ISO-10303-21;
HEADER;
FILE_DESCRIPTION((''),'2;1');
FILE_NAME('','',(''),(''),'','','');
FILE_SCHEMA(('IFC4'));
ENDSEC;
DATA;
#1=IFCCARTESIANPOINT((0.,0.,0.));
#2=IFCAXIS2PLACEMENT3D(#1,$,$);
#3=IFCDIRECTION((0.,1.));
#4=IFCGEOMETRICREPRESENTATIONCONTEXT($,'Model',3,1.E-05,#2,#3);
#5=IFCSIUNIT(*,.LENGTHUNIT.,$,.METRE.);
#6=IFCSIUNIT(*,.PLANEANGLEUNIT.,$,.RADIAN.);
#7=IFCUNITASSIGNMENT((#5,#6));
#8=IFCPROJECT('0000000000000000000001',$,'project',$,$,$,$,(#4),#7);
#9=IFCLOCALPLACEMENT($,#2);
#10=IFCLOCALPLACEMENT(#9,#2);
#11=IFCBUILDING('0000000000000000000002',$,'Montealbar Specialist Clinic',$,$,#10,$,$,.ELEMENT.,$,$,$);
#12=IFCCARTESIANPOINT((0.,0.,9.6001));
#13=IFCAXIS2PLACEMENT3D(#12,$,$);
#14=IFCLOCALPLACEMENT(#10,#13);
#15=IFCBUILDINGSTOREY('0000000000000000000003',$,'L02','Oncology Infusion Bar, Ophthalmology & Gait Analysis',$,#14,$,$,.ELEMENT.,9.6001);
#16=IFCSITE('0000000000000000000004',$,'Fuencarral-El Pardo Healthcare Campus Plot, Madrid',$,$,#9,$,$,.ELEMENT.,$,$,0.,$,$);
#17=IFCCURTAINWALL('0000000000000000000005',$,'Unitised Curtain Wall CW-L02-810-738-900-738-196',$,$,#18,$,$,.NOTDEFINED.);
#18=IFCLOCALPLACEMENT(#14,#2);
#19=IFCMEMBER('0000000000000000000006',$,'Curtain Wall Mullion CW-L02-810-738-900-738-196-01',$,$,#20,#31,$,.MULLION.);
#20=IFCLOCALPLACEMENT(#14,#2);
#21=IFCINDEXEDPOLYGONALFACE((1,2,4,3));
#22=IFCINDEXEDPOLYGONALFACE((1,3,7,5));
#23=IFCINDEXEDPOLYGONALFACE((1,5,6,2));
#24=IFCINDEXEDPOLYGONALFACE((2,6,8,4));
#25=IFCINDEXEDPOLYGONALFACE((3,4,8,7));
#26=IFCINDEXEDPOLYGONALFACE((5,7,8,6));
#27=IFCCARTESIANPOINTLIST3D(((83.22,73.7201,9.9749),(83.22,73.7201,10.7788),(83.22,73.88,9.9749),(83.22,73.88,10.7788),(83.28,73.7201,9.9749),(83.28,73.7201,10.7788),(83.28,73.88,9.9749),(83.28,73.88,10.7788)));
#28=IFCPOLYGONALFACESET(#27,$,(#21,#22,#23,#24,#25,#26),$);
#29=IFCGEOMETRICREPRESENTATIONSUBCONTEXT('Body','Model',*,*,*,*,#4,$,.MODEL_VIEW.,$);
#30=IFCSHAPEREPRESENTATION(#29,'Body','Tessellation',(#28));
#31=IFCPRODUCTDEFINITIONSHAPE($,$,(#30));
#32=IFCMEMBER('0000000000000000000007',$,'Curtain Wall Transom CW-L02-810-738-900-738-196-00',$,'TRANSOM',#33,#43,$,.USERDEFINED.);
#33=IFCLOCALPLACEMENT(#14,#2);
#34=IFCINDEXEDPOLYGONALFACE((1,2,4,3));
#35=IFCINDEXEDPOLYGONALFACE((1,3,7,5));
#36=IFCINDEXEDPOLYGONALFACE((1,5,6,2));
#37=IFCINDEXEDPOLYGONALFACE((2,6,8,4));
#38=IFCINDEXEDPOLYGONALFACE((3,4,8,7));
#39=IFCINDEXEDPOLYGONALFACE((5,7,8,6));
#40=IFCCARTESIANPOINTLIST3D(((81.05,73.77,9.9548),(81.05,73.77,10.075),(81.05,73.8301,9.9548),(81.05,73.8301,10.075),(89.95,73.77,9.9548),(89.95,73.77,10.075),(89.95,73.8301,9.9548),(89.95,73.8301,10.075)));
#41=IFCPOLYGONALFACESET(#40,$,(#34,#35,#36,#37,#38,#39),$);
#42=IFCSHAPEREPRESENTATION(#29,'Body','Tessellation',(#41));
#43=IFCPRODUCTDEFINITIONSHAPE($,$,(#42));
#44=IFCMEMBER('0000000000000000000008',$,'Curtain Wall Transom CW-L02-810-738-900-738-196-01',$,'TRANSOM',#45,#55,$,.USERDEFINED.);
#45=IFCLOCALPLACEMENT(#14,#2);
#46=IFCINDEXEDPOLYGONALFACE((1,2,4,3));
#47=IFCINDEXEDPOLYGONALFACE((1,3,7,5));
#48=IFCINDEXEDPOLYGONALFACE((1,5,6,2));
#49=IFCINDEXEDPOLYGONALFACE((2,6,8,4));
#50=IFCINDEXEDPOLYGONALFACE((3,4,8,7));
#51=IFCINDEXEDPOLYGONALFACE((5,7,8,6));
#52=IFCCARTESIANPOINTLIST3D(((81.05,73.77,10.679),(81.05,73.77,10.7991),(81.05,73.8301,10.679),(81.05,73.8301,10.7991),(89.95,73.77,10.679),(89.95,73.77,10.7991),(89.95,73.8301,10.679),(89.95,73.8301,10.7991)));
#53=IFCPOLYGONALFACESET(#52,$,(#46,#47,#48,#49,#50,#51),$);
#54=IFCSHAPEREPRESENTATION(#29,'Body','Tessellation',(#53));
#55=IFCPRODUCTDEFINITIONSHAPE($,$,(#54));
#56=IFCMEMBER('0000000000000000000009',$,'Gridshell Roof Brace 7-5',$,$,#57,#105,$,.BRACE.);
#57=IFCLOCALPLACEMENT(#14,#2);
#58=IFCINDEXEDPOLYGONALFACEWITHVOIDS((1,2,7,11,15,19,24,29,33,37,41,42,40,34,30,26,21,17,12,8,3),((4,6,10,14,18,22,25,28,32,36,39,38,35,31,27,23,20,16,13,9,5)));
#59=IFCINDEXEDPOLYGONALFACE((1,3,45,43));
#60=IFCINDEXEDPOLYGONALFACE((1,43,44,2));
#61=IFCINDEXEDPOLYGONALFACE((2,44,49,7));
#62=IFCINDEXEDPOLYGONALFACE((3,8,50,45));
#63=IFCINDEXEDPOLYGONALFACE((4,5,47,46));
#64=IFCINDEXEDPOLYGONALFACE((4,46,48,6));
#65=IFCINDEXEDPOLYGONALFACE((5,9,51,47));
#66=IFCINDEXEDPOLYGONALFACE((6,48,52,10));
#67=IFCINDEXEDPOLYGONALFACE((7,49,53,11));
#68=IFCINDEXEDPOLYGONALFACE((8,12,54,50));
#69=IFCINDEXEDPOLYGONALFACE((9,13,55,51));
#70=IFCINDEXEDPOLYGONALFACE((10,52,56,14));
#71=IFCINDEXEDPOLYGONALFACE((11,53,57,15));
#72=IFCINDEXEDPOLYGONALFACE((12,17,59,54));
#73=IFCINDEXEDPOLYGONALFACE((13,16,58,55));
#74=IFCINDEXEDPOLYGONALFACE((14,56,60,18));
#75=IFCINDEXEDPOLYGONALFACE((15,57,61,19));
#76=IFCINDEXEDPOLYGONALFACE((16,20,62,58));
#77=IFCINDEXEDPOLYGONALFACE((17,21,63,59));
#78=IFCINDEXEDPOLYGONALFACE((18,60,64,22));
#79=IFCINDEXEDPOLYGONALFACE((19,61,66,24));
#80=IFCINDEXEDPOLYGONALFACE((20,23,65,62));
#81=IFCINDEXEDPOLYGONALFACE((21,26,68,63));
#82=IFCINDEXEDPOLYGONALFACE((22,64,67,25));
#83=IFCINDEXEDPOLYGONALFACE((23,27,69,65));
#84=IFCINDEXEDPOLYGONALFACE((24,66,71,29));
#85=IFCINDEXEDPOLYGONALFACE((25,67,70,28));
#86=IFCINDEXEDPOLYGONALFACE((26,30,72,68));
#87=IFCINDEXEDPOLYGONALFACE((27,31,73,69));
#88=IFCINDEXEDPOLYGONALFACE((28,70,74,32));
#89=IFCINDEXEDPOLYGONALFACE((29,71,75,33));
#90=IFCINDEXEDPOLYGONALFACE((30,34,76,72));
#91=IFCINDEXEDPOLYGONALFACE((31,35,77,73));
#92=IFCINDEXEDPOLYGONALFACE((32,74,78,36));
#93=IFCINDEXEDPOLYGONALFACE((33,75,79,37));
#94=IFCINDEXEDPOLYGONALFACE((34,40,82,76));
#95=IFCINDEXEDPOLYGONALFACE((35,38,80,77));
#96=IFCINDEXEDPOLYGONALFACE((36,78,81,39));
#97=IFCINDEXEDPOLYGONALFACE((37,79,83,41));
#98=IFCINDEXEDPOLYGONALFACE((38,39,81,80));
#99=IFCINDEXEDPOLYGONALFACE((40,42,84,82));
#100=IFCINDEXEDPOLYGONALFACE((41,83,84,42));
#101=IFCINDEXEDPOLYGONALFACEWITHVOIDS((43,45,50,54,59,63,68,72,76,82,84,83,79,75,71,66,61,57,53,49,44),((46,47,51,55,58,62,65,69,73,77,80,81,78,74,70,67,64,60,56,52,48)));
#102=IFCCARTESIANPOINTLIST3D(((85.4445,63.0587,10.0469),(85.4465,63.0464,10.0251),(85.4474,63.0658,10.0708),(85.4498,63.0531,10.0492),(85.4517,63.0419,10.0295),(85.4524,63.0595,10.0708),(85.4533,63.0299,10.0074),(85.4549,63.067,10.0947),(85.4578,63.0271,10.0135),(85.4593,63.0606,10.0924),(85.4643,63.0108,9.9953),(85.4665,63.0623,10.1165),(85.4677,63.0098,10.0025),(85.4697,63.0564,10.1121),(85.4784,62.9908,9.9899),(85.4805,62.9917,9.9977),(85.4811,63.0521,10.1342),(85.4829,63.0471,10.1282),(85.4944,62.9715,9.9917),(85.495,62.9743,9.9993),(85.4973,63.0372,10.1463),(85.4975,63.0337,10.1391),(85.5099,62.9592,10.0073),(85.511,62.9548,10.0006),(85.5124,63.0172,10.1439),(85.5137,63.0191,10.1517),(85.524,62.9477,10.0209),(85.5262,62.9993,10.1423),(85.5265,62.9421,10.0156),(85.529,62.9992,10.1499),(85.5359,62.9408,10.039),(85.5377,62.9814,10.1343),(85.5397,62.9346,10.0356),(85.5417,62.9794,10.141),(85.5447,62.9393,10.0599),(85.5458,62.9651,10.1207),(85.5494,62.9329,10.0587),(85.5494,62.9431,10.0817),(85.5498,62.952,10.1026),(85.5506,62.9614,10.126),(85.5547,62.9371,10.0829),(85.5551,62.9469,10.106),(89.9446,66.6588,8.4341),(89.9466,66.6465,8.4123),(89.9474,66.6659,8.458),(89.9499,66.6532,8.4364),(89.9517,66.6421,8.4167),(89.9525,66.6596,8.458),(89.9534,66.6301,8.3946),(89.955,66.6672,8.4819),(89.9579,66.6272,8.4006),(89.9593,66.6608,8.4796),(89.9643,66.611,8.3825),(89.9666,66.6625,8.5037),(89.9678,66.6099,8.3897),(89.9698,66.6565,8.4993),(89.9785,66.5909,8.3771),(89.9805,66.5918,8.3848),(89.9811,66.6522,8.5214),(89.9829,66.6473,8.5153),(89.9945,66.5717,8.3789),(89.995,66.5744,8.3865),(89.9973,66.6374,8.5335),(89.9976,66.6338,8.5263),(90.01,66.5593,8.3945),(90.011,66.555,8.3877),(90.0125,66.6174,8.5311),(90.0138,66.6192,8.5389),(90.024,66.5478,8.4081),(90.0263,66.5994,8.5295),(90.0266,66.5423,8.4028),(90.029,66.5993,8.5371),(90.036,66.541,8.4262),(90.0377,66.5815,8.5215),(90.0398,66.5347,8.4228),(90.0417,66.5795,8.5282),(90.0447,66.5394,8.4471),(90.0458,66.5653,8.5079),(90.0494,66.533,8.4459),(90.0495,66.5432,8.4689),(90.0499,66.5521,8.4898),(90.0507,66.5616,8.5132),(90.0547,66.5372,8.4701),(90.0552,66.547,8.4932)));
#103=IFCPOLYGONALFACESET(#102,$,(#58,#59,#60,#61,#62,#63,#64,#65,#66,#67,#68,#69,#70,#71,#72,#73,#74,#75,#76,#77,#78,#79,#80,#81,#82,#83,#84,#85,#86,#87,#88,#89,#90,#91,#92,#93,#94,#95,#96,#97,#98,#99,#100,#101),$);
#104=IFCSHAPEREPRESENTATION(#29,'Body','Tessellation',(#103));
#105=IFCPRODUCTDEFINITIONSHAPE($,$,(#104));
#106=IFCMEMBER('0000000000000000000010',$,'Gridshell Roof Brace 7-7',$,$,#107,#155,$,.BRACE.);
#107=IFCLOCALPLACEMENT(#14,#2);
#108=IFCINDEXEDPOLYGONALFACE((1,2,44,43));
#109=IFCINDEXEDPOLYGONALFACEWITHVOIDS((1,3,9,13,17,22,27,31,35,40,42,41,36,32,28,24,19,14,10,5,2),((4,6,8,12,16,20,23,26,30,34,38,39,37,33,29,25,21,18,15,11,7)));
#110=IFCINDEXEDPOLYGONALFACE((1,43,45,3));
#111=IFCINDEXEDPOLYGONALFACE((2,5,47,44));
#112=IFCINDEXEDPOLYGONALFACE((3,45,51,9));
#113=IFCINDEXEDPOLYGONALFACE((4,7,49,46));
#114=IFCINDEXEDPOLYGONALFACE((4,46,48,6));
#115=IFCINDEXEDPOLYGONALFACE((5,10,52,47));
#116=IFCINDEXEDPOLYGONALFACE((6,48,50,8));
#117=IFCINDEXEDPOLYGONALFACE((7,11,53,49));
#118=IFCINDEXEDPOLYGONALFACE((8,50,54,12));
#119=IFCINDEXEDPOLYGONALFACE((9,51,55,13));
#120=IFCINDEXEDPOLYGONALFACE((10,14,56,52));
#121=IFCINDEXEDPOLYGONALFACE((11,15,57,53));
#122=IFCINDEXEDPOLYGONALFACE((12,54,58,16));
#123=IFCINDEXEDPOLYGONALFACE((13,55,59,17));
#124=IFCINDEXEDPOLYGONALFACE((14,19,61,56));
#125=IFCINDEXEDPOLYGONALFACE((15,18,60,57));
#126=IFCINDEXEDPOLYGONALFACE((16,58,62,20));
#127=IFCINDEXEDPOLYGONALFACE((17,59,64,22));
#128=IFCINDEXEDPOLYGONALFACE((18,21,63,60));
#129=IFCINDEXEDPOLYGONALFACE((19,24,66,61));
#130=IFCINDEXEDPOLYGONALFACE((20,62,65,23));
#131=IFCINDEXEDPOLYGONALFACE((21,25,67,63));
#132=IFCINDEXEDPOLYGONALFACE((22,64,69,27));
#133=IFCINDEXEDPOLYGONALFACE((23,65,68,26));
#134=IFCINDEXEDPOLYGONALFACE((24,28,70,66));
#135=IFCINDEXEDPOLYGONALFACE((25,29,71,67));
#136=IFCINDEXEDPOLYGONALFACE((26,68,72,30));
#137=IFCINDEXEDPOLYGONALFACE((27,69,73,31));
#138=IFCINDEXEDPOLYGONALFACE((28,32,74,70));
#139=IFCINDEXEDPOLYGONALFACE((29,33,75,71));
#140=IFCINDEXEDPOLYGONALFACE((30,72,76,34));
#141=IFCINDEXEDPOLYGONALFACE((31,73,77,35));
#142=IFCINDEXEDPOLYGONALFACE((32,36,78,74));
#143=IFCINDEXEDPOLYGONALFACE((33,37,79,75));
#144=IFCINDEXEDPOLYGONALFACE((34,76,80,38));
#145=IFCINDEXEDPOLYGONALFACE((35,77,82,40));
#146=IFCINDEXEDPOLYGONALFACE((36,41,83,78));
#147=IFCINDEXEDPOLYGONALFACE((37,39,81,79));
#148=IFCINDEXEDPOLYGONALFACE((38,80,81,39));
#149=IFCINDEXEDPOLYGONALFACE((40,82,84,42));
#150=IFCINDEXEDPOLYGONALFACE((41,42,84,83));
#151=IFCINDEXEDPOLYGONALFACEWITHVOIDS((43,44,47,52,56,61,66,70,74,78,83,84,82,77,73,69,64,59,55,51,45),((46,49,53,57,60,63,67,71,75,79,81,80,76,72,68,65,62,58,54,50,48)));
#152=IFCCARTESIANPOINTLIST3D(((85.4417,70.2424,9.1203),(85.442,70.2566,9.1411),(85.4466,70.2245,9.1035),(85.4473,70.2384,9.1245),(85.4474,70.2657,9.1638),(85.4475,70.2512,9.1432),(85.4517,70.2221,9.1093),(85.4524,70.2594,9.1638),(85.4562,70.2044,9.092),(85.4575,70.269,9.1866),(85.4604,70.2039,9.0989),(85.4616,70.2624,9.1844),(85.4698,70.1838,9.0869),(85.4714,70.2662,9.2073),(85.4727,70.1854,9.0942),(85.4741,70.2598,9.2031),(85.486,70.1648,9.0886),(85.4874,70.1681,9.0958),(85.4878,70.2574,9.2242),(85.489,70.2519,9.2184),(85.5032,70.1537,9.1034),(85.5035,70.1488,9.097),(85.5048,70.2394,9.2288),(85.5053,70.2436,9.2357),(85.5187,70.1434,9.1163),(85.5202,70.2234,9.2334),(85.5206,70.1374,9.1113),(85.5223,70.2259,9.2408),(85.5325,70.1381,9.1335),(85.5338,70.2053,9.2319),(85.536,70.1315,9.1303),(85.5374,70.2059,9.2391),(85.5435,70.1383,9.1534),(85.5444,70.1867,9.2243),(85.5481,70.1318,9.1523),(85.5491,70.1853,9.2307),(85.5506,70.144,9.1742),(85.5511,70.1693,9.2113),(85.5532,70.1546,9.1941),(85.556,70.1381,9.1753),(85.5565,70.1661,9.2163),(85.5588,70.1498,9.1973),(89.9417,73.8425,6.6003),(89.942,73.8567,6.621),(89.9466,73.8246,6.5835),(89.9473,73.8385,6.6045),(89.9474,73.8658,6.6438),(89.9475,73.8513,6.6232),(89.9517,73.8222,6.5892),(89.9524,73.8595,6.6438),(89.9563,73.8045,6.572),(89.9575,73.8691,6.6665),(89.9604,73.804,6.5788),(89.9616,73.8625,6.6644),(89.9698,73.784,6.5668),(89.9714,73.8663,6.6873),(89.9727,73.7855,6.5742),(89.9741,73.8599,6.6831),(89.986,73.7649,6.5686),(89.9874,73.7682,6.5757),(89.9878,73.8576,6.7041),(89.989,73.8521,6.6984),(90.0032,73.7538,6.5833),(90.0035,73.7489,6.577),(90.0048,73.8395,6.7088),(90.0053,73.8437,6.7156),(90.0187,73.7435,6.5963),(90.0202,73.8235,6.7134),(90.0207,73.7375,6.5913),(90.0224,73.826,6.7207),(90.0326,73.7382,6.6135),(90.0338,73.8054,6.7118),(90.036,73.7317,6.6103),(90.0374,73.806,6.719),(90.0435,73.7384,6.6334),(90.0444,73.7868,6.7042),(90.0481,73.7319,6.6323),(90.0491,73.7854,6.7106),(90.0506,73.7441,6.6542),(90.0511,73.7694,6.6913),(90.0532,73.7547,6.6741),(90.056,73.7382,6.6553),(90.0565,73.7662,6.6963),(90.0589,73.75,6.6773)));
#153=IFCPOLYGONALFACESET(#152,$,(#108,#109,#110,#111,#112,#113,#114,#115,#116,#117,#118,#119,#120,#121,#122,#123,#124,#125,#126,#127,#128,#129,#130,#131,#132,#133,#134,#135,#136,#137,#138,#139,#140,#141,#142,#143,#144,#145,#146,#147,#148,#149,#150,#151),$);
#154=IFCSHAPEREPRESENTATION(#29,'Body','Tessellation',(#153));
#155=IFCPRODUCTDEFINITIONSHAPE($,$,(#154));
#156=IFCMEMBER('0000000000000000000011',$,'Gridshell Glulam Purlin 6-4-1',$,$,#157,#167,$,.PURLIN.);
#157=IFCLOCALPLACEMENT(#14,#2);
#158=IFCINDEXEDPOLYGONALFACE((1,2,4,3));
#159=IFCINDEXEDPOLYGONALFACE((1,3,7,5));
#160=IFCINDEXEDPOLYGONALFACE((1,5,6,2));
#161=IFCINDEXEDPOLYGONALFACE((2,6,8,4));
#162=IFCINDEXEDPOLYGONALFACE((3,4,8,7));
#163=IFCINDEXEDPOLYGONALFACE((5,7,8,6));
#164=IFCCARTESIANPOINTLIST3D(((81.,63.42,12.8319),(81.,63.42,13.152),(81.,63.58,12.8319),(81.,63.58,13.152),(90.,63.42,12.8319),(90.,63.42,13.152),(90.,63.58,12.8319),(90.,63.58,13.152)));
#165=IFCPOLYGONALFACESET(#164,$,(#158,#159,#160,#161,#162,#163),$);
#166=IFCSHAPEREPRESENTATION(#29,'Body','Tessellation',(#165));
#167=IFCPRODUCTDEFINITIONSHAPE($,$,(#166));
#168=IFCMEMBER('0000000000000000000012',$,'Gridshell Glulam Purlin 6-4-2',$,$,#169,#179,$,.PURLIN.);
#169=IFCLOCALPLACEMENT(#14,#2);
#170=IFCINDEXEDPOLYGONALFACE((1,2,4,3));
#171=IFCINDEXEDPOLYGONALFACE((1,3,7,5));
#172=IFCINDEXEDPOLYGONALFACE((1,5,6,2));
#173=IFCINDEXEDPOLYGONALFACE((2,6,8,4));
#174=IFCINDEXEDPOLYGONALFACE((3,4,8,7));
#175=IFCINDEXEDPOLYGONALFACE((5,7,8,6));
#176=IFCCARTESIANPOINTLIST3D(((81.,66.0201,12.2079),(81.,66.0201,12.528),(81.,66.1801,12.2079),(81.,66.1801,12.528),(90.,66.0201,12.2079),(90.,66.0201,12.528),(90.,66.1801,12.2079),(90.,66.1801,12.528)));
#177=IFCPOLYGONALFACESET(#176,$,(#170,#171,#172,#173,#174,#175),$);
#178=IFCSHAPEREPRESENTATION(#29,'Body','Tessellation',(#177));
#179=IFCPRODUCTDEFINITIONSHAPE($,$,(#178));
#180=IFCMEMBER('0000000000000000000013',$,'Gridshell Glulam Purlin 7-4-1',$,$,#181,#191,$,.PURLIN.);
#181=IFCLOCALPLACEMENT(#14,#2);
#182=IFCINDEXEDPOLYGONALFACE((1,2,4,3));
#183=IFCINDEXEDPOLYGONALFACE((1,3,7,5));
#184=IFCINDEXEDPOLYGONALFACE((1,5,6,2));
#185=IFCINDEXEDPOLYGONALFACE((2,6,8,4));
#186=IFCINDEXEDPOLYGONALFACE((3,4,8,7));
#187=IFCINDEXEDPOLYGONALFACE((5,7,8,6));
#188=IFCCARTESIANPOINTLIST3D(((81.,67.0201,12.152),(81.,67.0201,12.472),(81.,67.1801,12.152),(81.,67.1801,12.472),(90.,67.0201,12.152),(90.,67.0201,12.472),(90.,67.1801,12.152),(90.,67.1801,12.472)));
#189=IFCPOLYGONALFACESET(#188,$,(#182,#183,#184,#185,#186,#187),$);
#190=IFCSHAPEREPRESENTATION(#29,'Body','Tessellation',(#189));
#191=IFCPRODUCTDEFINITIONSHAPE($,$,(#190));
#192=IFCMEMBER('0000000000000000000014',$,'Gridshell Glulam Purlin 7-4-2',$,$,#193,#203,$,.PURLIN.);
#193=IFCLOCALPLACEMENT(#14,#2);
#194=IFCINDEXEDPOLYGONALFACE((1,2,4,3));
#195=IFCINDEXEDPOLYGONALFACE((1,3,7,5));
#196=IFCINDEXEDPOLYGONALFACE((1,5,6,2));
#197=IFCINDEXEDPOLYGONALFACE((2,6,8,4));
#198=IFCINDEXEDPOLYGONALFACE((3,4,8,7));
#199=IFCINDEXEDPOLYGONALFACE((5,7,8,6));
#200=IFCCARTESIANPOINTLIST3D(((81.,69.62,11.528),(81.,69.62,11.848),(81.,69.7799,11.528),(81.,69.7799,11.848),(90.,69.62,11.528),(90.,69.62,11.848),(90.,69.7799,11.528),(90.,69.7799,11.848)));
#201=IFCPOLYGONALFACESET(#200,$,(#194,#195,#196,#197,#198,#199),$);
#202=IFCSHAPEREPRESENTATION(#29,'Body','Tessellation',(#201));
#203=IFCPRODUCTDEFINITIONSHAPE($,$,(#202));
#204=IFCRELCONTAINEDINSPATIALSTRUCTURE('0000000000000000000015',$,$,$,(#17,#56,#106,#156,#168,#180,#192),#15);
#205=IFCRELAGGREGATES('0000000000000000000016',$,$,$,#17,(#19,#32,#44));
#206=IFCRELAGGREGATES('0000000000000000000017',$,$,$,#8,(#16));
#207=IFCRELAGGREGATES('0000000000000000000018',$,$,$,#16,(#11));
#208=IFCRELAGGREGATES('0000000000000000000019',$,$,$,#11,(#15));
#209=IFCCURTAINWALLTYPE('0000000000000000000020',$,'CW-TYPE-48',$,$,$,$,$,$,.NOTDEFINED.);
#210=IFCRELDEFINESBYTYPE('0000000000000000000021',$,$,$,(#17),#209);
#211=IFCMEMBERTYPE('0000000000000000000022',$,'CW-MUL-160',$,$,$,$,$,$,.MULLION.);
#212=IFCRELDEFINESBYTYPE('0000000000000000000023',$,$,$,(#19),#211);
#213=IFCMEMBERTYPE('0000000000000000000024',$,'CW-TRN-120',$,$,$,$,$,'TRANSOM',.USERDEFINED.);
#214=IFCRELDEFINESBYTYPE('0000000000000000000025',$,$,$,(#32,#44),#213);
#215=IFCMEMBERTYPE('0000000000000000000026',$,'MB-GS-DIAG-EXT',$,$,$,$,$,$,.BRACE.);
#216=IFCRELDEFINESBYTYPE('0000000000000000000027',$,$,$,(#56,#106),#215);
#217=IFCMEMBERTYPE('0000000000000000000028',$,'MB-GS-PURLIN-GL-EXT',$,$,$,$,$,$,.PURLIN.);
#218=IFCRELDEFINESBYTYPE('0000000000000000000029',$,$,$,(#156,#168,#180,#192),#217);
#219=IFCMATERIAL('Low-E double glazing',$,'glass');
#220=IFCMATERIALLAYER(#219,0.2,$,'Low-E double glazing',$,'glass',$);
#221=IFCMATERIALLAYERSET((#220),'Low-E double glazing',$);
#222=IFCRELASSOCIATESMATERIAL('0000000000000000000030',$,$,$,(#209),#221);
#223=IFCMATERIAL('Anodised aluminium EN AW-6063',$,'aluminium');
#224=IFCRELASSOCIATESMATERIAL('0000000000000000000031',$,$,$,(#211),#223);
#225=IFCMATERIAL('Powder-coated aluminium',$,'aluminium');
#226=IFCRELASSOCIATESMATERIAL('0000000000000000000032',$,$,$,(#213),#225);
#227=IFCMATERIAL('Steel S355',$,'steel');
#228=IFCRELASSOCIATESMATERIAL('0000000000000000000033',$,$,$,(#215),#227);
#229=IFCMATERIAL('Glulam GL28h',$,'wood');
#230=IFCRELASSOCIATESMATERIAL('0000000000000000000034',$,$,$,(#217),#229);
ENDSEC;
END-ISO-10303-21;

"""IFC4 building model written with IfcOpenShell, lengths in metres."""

from ifc_helpers import new_model, si_unit, direction, frame, origin, origin_2d, place, context, subcontext, project, spatial, rectangle, hollow_circle, extrude, material, layer, layer_set, material_profile, profile_set, type_object, element, aggregate, save


model = new_model("IFC4")

# Units and contexts
model_context = context("Model", 3, precision=1e-05, world=origin(), true_north=direction((0.0, 1.0)))
body_context = subcontext(model_context, "Body", "Model", "MODEL_VIEW")
ifc_project = project(units=[si_unit("LENGTHUNIT", "METRE"), si_unit("PLANEANGLEUNIT", "RADIAN")], contexts=[model_context])

# Site, building, storey
site_placement = place(None, origin())
site = spatial("IfcSite", under=ifc_project, at=site_placement, Name="Fuencarral-El Pardo Healthcare Campus Plot, Madrid", CompositionType="ELEMENT", RefElevation=0.0)
building_placement = place(site_placement, origin())
building = spatial("IfcBuilding", under=site, at=building_placement, Name="Montealbar Specialist Clinic", CompositionType="ELEMENT")
storey_placement = place(building_placement, frame((0.0, 0.0, 9.6001)))
storey = spatial("IfcBuildingStorey", under=building, at=storey_placement, Name="L02", Description="Oncology Infusion Bar, Ophthalmology & Gait Analysis", CompositionType="ELEMENT", Elevation=9.6001)

# Shared definitions
ifc_material_1 = material(Name="Steel S355", Category="steel")
ifc_material_2 = material(Name="Glulam GL28h", Category="wood")

# Curtain wall, members
ifc_material_3 = material(Name="Low-E double glazing", Category="glass")
ifc_layer_1 = layer(ifc_material_3, 0.2, Name="Low-E double glazing", Category="glass")
ifc_layer_set_1 = layer_set([ifc_layer_1], Name="Low-E double glazing")
curtain_wall_type = type_object("IfcCurtainWallType", Name="CW-TYPE-48", PredefinedType="NOTDEFINED", material=ifc_layer_set_1)
curtain_wall_placement = place(storey_placement, origin())
curtain_wall = element("IfcCurtainWall", 1, at=curtain_wall_placement, inside=storey, type_object=curtain_wall_type, Name="Unitised Curtain Wall CW-L02-810-738-900-738-196", PredefinedType="NOTDEFINED")
ifc_material_4 = material(Name="Anodised aluminium EN AW-6063", Category="aluminium")
ifc_material_profile_1 = material_profile(ifc_material_4, rectangle(XDim=0.0601, YDim=0.1599, at=origin_2d()), Name="ALU 60x160", Category="aluminium")
ifc_profile_set_1 = profile_set([ifc_material_profile_1], Name="Anodised aluminium EN AW-6063")
member_type_1 = type_object("IfcMemberType", Name="CW-MUL-160", PredefinedType="MULLION", material=ifc_profile_set_1)
member_1_placement = place(storey_placement, frame((83.25, 73.8, 9.9749), z_axis=(0.0, 0.0, 1.0), x_axis=(1.0, 0.0, 0.0)))
member_1 = element("IfcMember", 2, at=member_1_placement, type_object=member_type_1, Name="Curtain Wall Mullion CW-L02-810-738-900-738-196-01", PredefinedType="MULLION", context=body_context, shape_type="SweptSolid", body=[
    extrude(rectangle(XDim=0.0601, YDim=0.1599, at=origin_2d()), origin(), (0.0, 0.0, 1.0), 0.804),
])
ifc_material_5 = material(Name="Powder-coated aluminium", Category="aluminium")
ifc_material_profile_2 = material_profile(ifc_material_5, rectangle(XDim=0.0601, YDim=0.1201, at=origin_2d()), Name="ALU 60x120", Category="aluminium")
ifc_profile_set_2 = profile_set([ifc_material_profile_2], Name="Powder-coated aluminium")
member_type_2 = type_object("IfcMemberType", Name="CW-TRN-120", ElementType="TRANSOM", PredefinedType="USERDEFINED", material=ifc_profile_set_2)
member_2_placement = place(storey_placement, frame((81.05, 73.8, 10.0149), z_axis=(1.0, 0.0, 0.0), x_axis=(0.0, 1.0, 0.0)))
member_2 = element("IfcMember", 3, at=member_2_placement, type_object=member_type_2, Name="Curtain Wall Transom CW-L02-810-738-900-738-196-00", ObjectType="TRANSOM", PredefinedType="USERDEFINED", context=body_context, shape_type="SweptSolid", body=[
    extrude(rectangle(XDim=0.0601, YDim=0.1201, at=origin_2d()), origin(), (0.0, 0.0, 1.0), 8.8999),
])
member_3_placement = place(storey_placement, frame((81.05, 73.8, 10.739), z_axis=(1.0, 0.0, 0.0), x_axis=(0.0, 1.0, 0.0)))
member_3 = element("IfcMember", 4, at=member_3_placement, type_object=member_type_2, Name="Curtain Wall Transom CW-L02-810-738-900-738-196-01", ObjectType="TRANSOM", PredefinedType="USERDEFINED", context=body_context, shape_type="SweptSolid", body=[
    extrude(rectangle(XDim=0.0601, YDim=0.1201, at=origin_2d()), origin(), (0.0, 0.0, 1.0), 8.8999),
])

# Members
ifc_material_profile_3 = material_profile(ifc_material_1, hollow_circle(Radius=0.0842, WallThickness=0.0081, at=origin_2d()), Name="CHS 168.3x8.0", Category="steel")
ifc_profile_set_3 = profile_set([ifc_material_profile_3], Name="Steel S355")
member_type_3 = type_object("IfcMemberType", Name="MB-GS-DIAG-EXT", PredefinedType="BRACE", material=ifc_profile_set_3)
member_4_placement = place(storey_placement, frame((85.5, 63.0, 10.0708), z_axis=(0.751968, 0.601591, -0.269504), x_axis=(-0.624705, 0.780861, 0.0)))
element("IfcMember", 5, at=member_4_placement, inside=storey, type_object=member_type_3, Name="Gridshell Roof Brace 7-5", PredefinedType="BRACE", context=body_context, shape_type="SweptSolid", body=[
    extrude(hollow_circle(Radius=0.0842, WallThickness=0.0081, at=origin_2d()), origin(), (0.0, 0.0, 1.0), 5.9844),
])
member_5_placement = place(storey_placement, frame((85.5, 70.2, 9.1638), z_axis=(0.715448, 0.572374, -0.400654), x_axis=(-0.624705, 0.780861, 0.0)))
element("IfcMember", 6, at=member_5_placement, inside=storey, type_object=member_type_3, Name="Gridshell Roof Brace 7-7", PredefinedType="BRACE", context=body_context, shape_type="SweptSolid", body=[
    extrude(hollow_circle(Radius=0.0842, WallThickness=0.0081, at=origin_2d()), origin(), (0.0, 0.0, 1.0), 6.2898),
])
ifc_material_profile_4 = material_profile(ifc_material_2, rectangle(XDim=0.1599, YDim=0.3201, at=origin_2d()), Name="GL28h 160x320", Category="wood")
ifc_profile_set_4 = profile_set([ifc_material_profile_4], Name="Glulam GL28h")
member_type_4 = type_object("IfcMemberType", Name="MB-GS-PURLIN-GL-EXT", PredefinedType="PURLIN", material=ifc_profile_set_4)
for number, where, z_axis, x_axis, name in (
    (7, (81.0, 63.5, 12.9919), (1.0, 0.0, 0.0), (0.0, 1.0, 0.0), "Gridshell Glulam Purlin 6-4-1"),
    (8, (81.0, 66.1001, 12.3679), (1.0, 0.0, 0.0), (0.0, 1.0, 0.0), "Gridshell Glulam Purlin 6-4-2"),
    (9, (81.0, 67.1001, 12.312), (1.0, 0.0, 0.0), (0.0, 1.0, 0.0), "Gridshell Glulam Purlin 7-4-1"),
    (10, (81.0, 69.7, 11.688), (1.0, 0.0, 0.0), (0.0, 1.0, 0.0), "Gridshell Glulam Purlin 7-4-2"),
):
    element("IfcMember", number, at=place(storey_placement, frame(where, z_axis=z_axis, x_axis=x_axis)), inside=storey, type_object=member_type_4, Name=name, PredefinedType="PURLIN", context=body_context, shape_type="SweptSolid", body=[
        extrude(rectangle(XDim=0.1599, YDim=0.3201, at=origin_2d()), origin(), (0.0, 0.0, 1.0), 9.0),
    ])

aggregate(curtain_wall, [member_1, member_2, member_3])

save(model, "model.ifc")
